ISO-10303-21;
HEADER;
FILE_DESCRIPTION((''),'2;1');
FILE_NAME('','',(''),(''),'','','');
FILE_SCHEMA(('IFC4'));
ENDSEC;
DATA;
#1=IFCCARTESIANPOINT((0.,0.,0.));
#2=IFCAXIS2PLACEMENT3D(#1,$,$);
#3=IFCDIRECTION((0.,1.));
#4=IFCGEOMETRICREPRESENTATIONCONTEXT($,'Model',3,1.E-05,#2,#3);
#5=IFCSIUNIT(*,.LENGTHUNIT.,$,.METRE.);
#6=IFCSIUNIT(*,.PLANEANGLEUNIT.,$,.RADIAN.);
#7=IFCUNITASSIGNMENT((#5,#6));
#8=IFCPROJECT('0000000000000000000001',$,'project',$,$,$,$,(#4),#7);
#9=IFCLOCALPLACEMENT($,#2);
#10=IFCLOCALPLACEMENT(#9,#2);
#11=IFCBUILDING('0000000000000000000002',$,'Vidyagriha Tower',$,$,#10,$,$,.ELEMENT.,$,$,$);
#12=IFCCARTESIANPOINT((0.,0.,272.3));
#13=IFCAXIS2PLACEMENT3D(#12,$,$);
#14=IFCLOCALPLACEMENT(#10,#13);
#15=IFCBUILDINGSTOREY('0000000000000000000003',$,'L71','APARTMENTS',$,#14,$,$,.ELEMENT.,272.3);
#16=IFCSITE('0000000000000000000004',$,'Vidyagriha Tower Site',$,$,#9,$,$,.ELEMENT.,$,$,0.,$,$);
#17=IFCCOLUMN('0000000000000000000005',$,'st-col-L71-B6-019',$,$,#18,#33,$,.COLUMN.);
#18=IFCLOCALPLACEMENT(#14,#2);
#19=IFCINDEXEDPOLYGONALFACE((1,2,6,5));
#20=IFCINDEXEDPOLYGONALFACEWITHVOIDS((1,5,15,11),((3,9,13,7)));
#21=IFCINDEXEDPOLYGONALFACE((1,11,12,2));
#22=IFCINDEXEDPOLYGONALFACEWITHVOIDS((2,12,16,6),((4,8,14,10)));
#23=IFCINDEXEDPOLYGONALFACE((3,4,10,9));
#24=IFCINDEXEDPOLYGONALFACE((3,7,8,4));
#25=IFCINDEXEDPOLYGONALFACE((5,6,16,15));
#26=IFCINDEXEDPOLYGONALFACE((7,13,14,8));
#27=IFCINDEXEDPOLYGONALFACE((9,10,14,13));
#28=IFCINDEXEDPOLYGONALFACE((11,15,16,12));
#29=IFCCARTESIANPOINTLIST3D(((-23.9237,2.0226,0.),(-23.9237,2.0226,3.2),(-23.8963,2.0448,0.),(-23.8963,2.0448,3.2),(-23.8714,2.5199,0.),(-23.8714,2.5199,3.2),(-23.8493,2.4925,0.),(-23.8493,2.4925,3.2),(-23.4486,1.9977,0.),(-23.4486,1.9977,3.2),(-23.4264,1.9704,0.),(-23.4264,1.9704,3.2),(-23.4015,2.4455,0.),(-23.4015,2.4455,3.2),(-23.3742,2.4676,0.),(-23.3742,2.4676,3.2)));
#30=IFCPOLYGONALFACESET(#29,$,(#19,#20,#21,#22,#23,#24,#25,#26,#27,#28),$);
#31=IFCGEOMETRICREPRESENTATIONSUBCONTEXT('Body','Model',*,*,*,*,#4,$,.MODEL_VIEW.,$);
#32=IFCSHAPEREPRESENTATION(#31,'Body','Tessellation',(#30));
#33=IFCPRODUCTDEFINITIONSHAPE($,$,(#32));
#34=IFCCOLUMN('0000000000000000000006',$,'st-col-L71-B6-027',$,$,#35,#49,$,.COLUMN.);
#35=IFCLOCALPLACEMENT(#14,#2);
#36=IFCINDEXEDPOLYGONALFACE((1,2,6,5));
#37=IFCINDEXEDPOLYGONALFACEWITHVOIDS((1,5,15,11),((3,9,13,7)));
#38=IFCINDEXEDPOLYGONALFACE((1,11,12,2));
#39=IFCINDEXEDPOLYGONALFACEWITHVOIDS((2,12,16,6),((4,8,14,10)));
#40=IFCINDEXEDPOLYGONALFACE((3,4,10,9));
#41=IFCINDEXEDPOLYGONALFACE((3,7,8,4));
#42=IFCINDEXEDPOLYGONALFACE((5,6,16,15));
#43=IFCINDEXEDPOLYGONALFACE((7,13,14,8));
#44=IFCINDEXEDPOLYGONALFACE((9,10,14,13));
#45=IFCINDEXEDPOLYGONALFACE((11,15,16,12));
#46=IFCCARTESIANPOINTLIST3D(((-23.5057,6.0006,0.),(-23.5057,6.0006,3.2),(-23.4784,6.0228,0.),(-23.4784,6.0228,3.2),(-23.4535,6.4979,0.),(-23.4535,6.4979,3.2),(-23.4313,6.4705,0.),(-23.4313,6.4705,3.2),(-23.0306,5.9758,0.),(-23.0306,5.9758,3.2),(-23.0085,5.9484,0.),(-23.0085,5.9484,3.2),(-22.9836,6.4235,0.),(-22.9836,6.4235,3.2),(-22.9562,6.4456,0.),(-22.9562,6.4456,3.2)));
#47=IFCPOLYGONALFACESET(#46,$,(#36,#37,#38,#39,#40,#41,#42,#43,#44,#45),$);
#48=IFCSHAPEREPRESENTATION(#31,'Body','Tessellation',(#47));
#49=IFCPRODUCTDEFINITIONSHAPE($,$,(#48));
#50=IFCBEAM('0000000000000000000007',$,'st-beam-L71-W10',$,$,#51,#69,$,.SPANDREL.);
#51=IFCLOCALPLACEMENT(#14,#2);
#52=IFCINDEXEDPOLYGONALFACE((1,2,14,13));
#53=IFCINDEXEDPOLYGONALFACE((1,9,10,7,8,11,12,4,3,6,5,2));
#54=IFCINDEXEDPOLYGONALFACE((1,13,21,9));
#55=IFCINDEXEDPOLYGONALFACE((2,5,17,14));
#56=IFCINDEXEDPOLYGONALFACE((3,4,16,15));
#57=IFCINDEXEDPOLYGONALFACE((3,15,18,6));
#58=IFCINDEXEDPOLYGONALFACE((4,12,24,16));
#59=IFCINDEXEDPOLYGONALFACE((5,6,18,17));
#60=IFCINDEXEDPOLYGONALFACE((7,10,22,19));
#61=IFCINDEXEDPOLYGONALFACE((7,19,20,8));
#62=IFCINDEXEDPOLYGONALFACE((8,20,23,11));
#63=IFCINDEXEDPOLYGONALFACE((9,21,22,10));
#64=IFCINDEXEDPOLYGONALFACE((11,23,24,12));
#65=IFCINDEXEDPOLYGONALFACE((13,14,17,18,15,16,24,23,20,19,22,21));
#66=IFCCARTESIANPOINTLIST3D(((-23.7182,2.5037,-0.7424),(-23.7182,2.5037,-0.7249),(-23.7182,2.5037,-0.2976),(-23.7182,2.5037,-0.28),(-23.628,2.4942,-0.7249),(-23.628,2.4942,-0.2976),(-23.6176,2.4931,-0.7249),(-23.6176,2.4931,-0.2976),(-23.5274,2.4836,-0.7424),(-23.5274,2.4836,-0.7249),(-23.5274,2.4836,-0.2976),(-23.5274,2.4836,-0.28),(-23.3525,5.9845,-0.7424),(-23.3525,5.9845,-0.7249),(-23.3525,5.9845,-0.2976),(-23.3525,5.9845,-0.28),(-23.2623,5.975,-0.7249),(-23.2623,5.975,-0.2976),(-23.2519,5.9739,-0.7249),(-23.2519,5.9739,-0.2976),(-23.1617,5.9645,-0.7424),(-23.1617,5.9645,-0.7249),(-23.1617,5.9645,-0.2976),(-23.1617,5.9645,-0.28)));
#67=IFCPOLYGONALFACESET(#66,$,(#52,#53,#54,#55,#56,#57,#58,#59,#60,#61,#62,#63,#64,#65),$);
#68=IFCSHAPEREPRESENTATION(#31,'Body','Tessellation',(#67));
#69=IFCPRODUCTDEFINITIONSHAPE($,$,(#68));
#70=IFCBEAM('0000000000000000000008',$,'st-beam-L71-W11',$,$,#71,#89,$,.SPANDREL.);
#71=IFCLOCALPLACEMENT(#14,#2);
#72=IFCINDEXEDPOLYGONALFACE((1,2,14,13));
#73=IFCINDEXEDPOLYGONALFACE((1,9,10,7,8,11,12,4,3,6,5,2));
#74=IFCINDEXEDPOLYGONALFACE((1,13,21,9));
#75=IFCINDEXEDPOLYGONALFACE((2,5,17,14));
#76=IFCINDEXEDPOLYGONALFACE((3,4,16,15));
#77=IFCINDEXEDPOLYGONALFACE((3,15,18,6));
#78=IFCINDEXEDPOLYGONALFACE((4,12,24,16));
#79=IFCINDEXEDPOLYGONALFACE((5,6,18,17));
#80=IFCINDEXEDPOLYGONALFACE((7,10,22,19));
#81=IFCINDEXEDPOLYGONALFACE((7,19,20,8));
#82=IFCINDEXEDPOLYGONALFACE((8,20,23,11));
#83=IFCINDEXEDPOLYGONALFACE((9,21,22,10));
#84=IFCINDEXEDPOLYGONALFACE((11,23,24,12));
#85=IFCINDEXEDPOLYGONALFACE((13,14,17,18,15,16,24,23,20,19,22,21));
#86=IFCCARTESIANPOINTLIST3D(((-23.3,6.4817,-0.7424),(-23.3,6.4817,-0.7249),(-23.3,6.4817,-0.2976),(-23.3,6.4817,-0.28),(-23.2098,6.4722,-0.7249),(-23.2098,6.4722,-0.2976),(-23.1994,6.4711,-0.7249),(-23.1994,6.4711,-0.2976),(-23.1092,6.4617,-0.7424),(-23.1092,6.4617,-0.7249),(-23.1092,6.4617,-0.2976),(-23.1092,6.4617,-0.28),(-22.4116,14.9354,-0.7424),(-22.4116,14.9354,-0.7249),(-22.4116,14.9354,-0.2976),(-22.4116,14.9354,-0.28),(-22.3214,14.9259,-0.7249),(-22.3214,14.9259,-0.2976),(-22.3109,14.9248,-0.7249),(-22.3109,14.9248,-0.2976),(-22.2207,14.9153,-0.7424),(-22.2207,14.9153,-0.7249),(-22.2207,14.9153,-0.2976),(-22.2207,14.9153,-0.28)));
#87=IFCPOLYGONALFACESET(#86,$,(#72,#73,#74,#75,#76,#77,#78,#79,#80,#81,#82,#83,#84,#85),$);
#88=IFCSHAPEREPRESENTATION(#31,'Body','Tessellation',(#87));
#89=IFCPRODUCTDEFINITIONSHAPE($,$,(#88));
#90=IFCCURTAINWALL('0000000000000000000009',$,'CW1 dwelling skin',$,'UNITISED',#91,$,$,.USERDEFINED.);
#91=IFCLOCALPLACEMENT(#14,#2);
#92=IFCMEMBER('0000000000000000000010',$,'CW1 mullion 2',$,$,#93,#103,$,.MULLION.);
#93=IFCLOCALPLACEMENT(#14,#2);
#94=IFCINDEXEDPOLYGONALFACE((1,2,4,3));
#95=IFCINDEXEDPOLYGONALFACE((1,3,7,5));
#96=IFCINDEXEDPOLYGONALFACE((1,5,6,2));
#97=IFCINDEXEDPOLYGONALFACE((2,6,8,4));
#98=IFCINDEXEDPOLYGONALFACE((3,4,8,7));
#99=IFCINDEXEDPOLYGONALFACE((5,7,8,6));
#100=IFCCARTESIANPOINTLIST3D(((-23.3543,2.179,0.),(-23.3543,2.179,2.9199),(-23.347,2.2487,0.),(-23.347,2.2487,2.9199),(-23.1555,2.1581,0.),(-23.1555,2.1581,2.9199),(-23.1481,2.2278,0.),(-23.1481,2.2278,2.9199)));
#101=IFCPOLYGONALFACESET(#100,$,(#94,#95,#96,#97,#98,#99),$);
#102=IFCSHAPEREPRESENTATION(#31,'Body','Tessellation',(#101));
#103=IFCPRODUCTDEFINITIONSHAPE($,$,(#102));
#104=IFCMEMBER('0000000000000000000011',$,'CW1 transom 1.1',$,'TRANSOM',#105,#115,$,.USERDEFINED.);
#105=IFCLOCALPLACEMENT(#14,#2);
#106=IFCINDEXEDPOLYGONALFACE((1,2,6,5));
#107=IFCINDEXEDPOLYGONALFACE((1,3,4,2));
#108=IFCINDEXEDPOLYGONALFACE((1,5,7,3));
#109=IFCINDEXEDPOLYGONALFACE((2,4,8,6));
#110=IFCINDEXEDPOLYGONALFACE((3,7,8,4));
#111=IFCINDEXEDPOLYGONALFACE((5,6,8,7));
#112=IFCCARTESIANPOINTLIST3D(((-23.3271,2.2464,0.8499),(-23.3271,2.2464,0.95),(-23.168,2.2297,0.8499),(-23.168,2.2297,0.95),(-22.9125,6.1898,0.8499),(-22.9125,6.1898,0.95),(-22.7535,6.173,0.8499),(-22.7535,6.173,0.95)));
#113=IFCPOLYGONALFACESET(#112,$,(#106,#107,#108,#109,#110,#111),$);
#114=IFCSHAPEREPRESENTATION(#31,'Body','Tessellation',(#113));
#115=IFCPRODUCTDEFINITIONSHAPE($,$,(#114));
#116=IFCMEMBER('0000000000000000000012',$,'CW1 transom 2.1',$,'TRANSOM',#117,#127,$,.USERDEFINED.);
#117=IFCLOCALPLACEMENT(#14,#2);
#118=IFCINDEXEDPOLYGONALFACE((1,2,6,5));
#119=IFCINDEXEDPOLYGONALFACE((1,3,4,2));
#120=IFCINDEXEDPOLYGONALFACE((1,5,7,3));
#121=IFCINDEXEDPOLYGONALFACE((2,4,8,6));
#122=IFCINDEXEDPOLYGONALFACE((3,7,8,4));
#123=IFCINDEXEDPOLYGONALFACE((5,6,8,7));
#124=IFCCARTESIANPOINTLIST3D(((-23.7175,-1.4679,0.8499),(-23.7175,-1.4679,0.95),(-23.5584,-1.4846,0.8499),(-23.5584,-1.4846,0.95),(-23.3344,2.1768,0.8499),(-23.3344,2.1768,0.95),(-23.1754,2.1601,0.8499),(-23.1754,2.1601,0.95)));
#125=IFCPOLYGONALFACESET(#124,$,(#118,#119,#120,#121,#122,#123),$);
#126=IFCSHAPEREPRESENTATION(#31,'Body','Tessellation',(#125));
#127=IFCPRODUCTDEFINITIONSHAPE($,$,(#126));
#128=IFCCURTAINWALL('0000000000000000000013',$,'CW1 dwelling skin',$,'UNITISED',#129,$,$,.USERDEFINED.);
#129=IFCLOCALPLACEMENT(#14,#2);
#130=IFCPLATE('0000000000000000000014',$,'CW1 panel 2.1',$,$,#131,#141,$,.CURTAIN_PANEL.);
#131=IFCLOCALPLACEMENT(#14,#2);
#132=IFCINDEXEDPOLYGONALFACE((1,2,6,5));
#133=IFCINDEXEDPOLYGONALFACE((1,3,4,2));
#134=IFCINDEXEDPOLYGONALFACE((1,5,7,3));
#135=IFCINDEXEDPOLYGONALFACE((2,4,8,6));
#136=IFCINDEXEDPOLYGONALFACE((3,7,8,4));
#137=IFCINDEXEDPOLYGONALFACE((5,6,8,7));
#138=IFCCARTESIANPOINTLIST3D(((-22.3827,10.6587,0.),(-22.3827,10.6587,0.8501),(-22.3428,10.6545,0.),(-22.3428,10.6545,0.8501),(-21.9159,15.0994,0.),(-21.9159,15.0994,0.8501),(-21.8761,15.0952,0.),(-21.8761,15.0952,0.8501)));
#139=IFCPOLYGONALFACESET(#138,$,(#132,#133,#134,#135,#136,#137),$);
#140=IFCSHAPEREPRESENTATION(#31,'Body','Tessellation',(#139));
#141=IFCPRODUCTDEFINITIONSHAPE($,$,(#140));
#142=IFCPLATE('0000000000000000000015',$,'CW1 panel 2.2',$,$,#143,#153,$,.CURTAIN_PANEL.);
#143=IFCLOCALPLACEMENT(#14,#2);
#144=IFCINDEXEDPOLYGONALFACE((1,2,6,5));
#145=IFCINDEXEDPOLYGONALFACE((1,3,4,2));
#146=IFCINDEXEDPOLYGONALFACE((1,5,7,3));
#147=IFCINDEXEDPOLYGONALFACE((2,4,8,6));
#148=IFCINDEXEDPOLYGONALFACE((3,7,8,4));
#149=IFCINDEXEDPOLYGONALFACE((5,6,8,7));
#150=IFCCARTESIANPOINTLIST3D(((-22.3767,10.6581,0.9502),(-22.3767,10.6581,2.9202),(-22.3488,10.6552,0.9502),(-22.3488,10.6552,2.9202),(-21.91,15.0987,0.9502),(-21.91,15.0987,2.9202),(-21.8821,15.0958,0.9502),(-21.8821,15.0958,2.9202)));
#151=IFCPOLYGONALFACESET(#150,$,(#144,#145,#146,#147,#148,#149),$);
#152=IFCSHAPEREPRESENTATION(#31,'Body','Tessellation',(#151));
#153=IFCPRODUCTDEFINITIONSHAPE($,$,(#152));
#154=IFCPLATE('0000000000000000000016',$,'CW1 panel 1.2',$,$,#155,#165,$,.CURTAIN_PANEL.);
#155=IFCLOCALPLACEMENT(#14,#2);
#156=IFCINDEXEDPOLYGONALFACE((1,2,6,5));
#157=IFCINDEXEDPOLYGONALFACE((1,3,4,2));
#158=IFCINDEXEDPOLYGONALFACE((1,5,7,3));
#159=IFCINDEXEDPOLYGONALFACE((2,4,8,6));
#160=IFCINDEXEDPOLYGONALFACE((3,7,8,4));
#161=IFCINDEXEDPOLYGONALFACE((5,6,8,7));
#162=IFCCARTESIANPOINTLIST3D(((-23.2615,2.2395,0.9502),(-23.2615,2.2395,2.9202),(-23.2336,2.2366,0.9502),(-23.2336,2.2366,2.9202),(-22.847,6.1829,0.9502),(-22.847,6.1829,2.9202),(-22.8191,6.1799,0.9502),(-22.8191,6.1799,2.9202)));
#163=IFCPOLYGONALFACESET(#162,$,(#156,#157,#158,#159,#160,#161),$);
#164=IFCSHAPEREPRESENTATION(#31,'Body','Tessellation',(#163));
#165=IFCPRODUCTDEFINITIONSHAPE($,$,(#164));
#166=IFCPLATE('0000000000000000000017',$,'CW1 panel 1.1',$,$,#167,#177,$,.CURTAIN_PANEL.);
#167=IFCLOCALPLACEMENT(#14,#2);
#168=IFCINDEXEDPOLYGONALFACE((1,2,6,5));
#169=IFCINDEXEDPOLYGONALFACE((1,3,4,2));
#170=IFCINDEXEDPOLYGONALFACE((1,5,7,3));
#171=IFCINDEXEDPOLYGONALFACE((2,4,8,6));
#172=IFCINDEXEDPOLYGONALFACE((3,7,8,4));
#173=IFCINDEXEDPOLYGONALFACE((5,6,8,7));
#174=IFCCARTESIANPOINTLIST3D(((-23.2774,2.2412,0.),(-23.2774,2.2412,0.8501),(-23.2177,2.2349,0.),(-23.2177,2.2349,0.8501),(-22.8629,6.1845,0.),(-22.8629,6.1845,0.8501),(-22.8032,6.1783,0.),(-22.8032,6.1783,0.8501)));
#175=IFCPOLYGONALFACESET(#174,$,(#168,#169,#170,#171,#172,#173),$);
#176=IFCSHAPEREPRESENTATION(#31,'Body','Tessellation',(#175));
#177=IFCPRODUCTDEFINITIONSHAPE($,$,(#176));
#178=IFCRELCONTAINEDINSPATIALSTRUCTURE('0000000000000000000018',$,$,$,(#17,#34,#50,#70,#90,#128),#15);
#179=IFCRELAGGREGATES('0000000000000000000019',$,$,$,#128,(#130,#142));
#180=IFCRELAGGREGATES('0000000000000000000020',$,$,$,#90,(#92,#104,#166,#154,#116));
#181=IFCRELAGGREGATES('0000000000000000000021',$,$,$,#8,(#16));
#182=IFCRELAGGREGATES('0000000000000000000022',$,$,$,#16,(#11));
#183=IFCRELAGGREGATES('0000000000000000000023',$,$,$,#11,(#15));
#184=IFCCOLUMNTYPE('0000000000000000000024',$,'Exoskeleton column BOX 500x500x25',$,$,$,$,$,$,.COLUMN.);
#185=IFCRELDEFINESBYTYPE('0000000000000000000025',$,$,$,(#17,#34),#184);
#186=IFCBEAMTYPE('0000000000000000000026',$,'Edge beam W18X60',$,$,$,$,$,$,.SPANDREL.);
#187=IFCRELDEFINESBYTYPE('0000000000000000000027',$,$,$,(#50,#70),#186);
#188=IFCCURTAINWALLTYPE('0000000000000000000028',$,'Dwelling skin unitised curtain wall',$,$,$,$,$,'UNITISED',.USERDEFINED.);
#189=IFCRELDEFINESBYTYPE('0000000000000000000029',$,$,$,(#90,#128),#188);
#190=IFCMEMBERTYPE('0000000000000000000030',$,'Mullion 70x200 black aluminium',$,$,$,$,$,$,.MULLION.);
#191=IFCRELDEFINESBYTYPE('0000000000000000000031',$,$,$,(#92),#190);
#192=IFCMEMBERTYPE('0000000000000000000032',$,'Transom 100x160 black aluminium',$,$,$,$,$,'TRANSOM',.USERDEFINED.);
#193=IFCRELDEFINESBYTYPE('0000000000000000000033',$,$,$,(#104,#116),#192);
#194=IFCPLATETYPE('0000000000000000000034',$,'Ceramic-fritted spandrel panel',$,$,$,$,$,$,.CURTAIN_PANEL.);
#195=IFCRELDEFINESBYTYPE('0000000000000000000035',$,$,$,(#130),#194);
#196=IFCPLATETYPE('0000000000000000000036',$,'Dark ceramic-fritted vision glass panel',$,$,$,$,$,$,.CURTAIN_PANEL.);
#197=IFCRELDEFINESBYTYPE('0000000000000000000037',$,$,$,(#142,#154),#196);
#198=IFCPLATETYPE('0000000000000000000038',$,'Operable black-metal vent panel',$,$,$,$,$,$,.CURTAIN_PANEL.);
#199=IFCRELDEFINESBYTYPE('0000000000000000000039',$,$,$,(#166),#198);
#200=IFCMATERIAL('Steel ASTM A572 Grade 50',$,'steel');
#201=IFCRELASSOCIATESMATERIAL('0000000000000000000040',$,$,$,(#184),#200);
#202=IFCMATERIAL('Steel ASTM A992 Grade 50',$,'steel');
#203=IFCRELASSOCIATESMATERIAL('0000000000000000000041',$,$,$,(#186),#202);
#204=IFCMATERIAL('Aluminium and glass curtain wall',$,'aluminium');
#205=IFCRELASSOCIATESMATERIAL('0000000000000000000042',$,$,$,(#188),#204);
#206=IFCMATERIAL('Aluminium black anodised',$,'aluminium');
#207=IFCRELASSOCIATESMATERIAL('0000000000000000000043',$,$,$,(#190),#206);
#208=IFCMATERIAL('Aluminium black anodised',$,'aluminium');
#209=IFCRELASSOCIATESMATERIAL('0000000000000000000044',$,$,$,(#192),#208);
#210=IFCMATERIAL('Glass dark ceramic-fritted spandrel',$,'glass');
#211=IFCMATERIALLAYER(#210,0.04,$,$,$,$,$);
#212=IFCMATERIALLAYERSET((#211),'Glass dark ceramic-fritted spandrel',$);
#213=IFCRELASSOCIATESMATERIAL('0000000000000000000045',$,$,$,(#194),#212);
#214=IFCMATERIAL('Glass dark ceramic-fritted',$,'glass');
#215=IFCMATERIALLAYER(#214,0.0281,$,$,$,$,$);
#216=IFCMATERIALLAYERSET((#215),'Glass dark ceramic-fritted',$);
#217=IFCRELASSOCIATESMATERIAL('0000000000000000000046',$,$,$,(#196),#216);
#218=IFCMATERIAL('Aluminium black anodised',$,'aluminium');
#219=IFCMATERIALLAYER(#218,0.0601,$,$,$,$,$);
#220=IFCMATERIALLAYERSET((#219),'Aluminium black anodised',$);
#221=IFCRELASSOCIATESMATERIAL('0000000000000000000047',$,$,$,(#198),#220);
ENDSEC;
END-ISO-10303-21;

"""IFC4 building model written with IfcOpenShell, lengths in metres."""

from ifc_helpers import new_model, si_unit, direction, frame, origin, origin_2d, place, context, subcontext, project, spatial, rectangle, hollow_rectangle, i_section, extrude, material, layer, layer_set, material_profile, profile_set, type_object, element, aggregate, save


model = new_model("IFC4")

# Units and contexts
model_context = context("Model", 3, precision=1e-05, world=origin(), true_north=direction((0.0, 1.0)))
body_context = subcontext(model_context, "Body", "Model", "MODEL_VIEW")
ifc_project = project(units=[si_unit("LENGTHUNIT", "METRE"), si_unit("PLANEANGLEUNIT", "RADIAN")], contexts=[model_context])

# Site, building, storey
site_placement = place(None, origin())
site = spatial("IfcSite", under=ifc_project, at=site_placement, Name="Vidyagriha Tower Site", CompositionType="ELEMENT", RefElevation=0.0)
building_placement = place(site_placement, origin())
building = spatial("IfcBuilding", under=site, at=building_placement, Name="Vidyagriha Tower", CompositionType="ELEMENT")
storey_placement = place(building_placement, frame((0.0, 0.0, 272.3)))
storey = spatial("IfcBuildingStorey", under=building, at=storey_placement, Name="L71", Description="APARTMENTS", CompositionType="ELEMENT", Elevation=272.3)

# Columns
ifc_material_1 = material(Name="Steel ASTM A572 Grade 50", Category="steel")
ifc_material_profile_1 = material_profile(ifc_material_1, hollow_rectangle(XDim=0.5, YDim=0.5, WallThickness=0.0249, at=origin_2d()), Name="BOX 500x500x25")
ifc_profile_set_1 = profile_set([ifc_material_profile_1], Name="Steel ASTM A572 Grade 50")
column_type = type_object("IfcColumnType", Name="Exoskeleton column BOX 500x500x25", PredefinedType="COLUMN", material=ifc_profile_set_1)
for number, where, z_axis, x_axis, name in (
    (1, (-23.6489, 2.2451, 0.0), (0.0, 0.0, 1.0), (0.994522, -0.104528, 0.0), "st-col-L71-B6-019"),
    (2, (-23.231, 6.2231, 0.0), (0.0, 0.0, 1.0), (0.994522, -0.104528, 0.0), "st-col-L71-B6-027"),
):
    element("IfcColumn", number, at=place(storey_placement, frame(where, z_axis=z_axis, x_axis=x_axis)), inside=storey, type_object=column_type, Name=name, PredefinedType="COLUMN", context=body_context, shape_type="SweptSolid", body=[
        extrude(hollow_rectangle(XDim=0.5, YDim=0.5, WallThickness=0.0249, at=origin_2d()), origin(), (0.0, 0.0, 1.0), 3.2),
    ])

# Beams
ifc_material_2 = material(Name="Steel ASTM A992 Grade 50", Category="steel")
ifc_material_profile_2 = material_profile(ifc_material_2, i_section(OverallWidth=0.1919, OverallDepth=0.4624, WebThickness=0.0105, FlangeThickness=0.0176, at=origin_2d()), Name="W18X60")
ifc_profile_set_2 = profile_set([ifc_material_profile_2], Name="Steel ASTM A992 Grade 50")
beam_type = type_object("IfcBeamType", Name="Edge beam W18X60", PredefinedType="SPANDREL", material=ifc_profile_set_2)
beam_1_placement = place(storey_placement, frame((-23.6228, 2.4937, -0.5112), z_axis=(0.104489, 0.994526, 0.0), x_axis=(-0.994526, 0.104489, 0.0)))
element("IfcBeam", 3, at=beam_1_placement, inside=storey, type_object=beam_type, Name="st-beam-L71-W10", PredefinedType="SPANDREL", context=body_context, shape_type="SweptSolid", body=[
    extrude(i_section(OverallWidth=0.1919, OverallDepth=0.4624, WebThickness=0.0105, FlangeThickness=0.0176, at=origin_2d()), origin(), (0.0, 0.0, 1.0), 3.5),
])
beam_2_placement = place(storey_placement, frame((-23.2046, 6.4717, -0.5112), z_axis=(0.104519, 0.994523, 0.0), x_axis=(-0.994523, 0.104519, 0.0)))
element("IfcBeam", 4, at=beam_2_placement, inside=storey, type_object=beam_type, Name="st-beam-L71-W11", PredefinedType="SPANDREL", context=body_context, shape_type="SweptSolid", body=[
    extrude(i_section(OverallWidth=0.1919, OverallDepth=0.4624, WebThickness=0.0105, FlangeThickness=0.0176, at=origin_2d()), origin(), (0.0, 0.0, 1.0), 8.5002),
])

# Curtain wall, members
ifc_material_3 = material(Name="Aluminium and glass curtain wall", Category="aluminium")
curtain_wall_type = type_object("IfcCurtainWallType", Name="Dwelling skin unitised curtain wall", ElementType="UNITISED", PredefinedType="USERDEFINED", material=ifc_material_3)
curtain_wall_1_placement = place(storey_placement, origin())
curtain_wall_1 = element("IfcCurtainWall", 5, at=curtain_wall_1_placement, inside=storey, type_object=curtain_wall_type, Name="CW1 dwelling skin", ObjectType="UNITISED", PredefinedType="USERDEFINED")
ifc_material_4 = material(Name="Aluminium black anodised", Category="aluminium")
ifc_material_profile_3 = material_profile(ifc_material_4, rectangle(XDim=0.2, YDim=0.0701, at=origin_2d()), Name="Mullion 70x200 black aluminium")
ifc_profile_set_3 = profile_set([ifc_material_profile_3], Name="Aluminium black anodised")
member_type_1 = type_object("IfcMemberType", Name="Mullion 70x200 black aluminium", PredefinedType="MULLION", material=ifc_profile_set_3)
member_1_placement = place(storey_placement, frame((-23.2512, 2.2034, 0.0), z_axis=(0.0, 0.0, 1.0), x_axis=(0.994521, -0.104533, 0.0)))
member_1 = element("IfcMember", 6, at=member_1_placement, type_object=member_type_1, Name="CW1 mullion 2", PredefinedType="MULLION", context=body_context, shape_type="SweptSolid", body=[
    extrude(rectangle(XDim=0.2, YDim=0.0701, at=origin_2d()), origin(), (0.0, 0.0, 1.0), 2.9199),
])
ifc_material_5 = material(Name="Aluminium black anodised", Category="aluminium")
ifc_material_profile_4 = material_profile(ifc_material_5, rectangle(XDim=0.1599, YDim=0.1001, at=origin_2d()), Name="Transom 100x160 black aluminium")
ifc_profile_set_4 = profile_set([ifc_material_profile_4], Name="Aluminium black anodised")
member_type_2 = type_object("IfcMemberType", Name="Transom 100x160 black aluminium", ElementType="TRANSOM", PredefinedType="USERDEFINED", material=ifc_profile_set_4)
member_2_placement = place(storey_placement, frame((-22.833, 6.1814, 0.8999), z_axis=(-0.10455, -0.99452, 0.0), x_axis=(0.99452, -0.10455, 0.0)))
member_2 = element("IfcMember", 7, at=member_2_placement, type_object=member_type_2, Name="CW1 transom 1.1", ObjectType="TRANSOM", PredefinedType="USERDEFINED", context=body_context, shape_type="SweptSolid", body=[
    extrude(rectangle(XDim=0.1599, YDim=0.1001, at=origin_2d()), origin(), (0.0, 0.0, 1.0), 3.9651),
])
member_3_placement = place(storey_placement, frame((-23.2549, 2.1685, 0.8999), z_axis=(-0.104522, -0.994523, 0.0), x_axis=(0.994523, -0.104522, 0.0)))
member_3 = element("IfcMember", 8, at=member_3_placement, type_object=member_type_2, Name="CW1 transom 2.1", ObjectType="TRANSOM", PredefinedType="USERDEFINED", context=body_context, shape_type="SweptSolid", body=[
    extrude(rectangle(XDim=0.1599, YDim=0.1001, at=origin_2d()), origin(), (0.0, 0.0, 1.0), 3.6648),
])

# Curtain wall, plates
curtain_wall_2_placement = place(storey_placement, origin())
curtain_wall_2 = element("IfcCurtainWall", 9, at=curtain_wall_2_placement, inside=storey, type_object=curtain_wall_type, Name="CW1 dwelling skin", ObjectType="UNITISED", PredefinedType="USERDEFINED")
ifc_material_6 = material(Name="Glass dark ceramic-fritted spandrel", Category="glass")
ifc_layer_1 = layer(ifc_material_6, 0.04)
ifc_layer_set_1 = layer_set([ifc_layer_1], Name="Glass dark ceramic-fritted spandrel")
plate_type_1 = type_object("IfcPlateType", Name="Ceramic-fritted spandrel panel", PredefinedType="CURTAIN_PANEL", material=ifc_layer_set_1)
plate_1_placement = place(storey_placement, frame((-22.1294, 12.877, 0.0), z_axis=(0.0, 0.0, 1.0), x_axis=(-0.104525, -0.994522, 0.0)))
plate_1 = element("IfcPlate", 10, at=plate_1_placement, type_object=plate_type_1, Name="CW1 panel 2.1", PredefinedType="CURTAIN_PANEL", context=body_context, shape_type="SweptSolid", body=[
    extrude(rectangle(XDim=4.4651, YDim=0.04, at=origin_2d()), origin(), (0.0, 0.0, 1.0), 0.8501),
])
ifc_material_7 = material(Name="Glass dark ceramic-fritted", Category="glass")
ifc_layer_2 = layer(ifc_material_7, 0.0281)
ifc_layer_set_2 = layer_set([ifc_layer_2], Name="Glass dark ceramic-fritted")
plate_type_2 = type_object("IfcPlateType", Name="Dark ceramic-fritted vision glass panel", PredefinedType="CURTAIN_PANEL", material=ifc_layer_set_2)
plate_2_placement = place(storey_placement, frame((-22.1294, 12.877, 0.9502), z_axis=(0.0, 0.0, 1.0), x_axis=(-0.104525, -0.994522, 0.0)))
plate_2 = element("IfcPlate", 11, at=plate_2_placement, type_object=plate_type_2, Name="CW1 panel 2.2", PredefinedType="CURTAIN_PANEL", context=body_context, shape_type="SweptSolid", body=[
    extrude(rectangle(XDim=4.4651, YDim=0.0281, at=origin_2d()), origin(), (0.0, 0.0, 1.0), 1.97),
])
aggregate(curtain_wall_2, [plate_1, plate_2])

# Plates
plate_3_placement = place(storey_placement, frame((-23.0403, 4.2097, 0.9502), z_axis=(0.0, 0.0, 1.0), x_axis=(-0.104533, -0.994521, 0.0)))
plate_3 = element("IfcPlate", 12, at=plate_3_placement, type_object=plate_type_2, Name="CW1 panel 1.2", PredefinedType="CURTAIN_PANEL", context=body_context, shape_type="SweptSolid", body=[
    extrude(rectangle(XDim=3.9651, YDim=0.0281, at=origin_2d()), origin(), (0.0, 0.0, 1.0), 1.97),
])
ifc_material_8 = material(Name="Aluminium black anodised", Category="aluminium")
ifc_layer_3 = layer(ifc_material_8, 0.0601)
ifc_layer_set_3 = layer_set([ifc_layer_3], Name="Aluminium black anodised")
plate_type_3 = type_object("IfcPlateType", Name="Operable black-metal vent panel", PredefinedType="CURTAIN_PANEL", material=ifc_layer_set_3)
plate_4_placement = place(storey_placement, frame((-23.0403, 4.2097, 0.0), z_axis=(0.0, 0.0, 1.0), x_axis=(-0.104533, -0.994521, 0.0)))
plate_4 = element("IfcPlate", 13, at=plate_4_placement, type_object=plate_type_3, Name="CW1 panel 1.1", PredefinedType="CURTAIN_PANEL", context=body_context, shape_type="SweptSolid", body=[
    extrude(rectangle(XDim=3.9651, YDim=0.0601, at=origin_2d()), origin(), (0.0, 0.0, 1.0), 0.8501),
])
aggregate(curtain_wall_1, [member_1, member_2, plate_4, plate_3, member_3])

save(model, "model.ifc")
